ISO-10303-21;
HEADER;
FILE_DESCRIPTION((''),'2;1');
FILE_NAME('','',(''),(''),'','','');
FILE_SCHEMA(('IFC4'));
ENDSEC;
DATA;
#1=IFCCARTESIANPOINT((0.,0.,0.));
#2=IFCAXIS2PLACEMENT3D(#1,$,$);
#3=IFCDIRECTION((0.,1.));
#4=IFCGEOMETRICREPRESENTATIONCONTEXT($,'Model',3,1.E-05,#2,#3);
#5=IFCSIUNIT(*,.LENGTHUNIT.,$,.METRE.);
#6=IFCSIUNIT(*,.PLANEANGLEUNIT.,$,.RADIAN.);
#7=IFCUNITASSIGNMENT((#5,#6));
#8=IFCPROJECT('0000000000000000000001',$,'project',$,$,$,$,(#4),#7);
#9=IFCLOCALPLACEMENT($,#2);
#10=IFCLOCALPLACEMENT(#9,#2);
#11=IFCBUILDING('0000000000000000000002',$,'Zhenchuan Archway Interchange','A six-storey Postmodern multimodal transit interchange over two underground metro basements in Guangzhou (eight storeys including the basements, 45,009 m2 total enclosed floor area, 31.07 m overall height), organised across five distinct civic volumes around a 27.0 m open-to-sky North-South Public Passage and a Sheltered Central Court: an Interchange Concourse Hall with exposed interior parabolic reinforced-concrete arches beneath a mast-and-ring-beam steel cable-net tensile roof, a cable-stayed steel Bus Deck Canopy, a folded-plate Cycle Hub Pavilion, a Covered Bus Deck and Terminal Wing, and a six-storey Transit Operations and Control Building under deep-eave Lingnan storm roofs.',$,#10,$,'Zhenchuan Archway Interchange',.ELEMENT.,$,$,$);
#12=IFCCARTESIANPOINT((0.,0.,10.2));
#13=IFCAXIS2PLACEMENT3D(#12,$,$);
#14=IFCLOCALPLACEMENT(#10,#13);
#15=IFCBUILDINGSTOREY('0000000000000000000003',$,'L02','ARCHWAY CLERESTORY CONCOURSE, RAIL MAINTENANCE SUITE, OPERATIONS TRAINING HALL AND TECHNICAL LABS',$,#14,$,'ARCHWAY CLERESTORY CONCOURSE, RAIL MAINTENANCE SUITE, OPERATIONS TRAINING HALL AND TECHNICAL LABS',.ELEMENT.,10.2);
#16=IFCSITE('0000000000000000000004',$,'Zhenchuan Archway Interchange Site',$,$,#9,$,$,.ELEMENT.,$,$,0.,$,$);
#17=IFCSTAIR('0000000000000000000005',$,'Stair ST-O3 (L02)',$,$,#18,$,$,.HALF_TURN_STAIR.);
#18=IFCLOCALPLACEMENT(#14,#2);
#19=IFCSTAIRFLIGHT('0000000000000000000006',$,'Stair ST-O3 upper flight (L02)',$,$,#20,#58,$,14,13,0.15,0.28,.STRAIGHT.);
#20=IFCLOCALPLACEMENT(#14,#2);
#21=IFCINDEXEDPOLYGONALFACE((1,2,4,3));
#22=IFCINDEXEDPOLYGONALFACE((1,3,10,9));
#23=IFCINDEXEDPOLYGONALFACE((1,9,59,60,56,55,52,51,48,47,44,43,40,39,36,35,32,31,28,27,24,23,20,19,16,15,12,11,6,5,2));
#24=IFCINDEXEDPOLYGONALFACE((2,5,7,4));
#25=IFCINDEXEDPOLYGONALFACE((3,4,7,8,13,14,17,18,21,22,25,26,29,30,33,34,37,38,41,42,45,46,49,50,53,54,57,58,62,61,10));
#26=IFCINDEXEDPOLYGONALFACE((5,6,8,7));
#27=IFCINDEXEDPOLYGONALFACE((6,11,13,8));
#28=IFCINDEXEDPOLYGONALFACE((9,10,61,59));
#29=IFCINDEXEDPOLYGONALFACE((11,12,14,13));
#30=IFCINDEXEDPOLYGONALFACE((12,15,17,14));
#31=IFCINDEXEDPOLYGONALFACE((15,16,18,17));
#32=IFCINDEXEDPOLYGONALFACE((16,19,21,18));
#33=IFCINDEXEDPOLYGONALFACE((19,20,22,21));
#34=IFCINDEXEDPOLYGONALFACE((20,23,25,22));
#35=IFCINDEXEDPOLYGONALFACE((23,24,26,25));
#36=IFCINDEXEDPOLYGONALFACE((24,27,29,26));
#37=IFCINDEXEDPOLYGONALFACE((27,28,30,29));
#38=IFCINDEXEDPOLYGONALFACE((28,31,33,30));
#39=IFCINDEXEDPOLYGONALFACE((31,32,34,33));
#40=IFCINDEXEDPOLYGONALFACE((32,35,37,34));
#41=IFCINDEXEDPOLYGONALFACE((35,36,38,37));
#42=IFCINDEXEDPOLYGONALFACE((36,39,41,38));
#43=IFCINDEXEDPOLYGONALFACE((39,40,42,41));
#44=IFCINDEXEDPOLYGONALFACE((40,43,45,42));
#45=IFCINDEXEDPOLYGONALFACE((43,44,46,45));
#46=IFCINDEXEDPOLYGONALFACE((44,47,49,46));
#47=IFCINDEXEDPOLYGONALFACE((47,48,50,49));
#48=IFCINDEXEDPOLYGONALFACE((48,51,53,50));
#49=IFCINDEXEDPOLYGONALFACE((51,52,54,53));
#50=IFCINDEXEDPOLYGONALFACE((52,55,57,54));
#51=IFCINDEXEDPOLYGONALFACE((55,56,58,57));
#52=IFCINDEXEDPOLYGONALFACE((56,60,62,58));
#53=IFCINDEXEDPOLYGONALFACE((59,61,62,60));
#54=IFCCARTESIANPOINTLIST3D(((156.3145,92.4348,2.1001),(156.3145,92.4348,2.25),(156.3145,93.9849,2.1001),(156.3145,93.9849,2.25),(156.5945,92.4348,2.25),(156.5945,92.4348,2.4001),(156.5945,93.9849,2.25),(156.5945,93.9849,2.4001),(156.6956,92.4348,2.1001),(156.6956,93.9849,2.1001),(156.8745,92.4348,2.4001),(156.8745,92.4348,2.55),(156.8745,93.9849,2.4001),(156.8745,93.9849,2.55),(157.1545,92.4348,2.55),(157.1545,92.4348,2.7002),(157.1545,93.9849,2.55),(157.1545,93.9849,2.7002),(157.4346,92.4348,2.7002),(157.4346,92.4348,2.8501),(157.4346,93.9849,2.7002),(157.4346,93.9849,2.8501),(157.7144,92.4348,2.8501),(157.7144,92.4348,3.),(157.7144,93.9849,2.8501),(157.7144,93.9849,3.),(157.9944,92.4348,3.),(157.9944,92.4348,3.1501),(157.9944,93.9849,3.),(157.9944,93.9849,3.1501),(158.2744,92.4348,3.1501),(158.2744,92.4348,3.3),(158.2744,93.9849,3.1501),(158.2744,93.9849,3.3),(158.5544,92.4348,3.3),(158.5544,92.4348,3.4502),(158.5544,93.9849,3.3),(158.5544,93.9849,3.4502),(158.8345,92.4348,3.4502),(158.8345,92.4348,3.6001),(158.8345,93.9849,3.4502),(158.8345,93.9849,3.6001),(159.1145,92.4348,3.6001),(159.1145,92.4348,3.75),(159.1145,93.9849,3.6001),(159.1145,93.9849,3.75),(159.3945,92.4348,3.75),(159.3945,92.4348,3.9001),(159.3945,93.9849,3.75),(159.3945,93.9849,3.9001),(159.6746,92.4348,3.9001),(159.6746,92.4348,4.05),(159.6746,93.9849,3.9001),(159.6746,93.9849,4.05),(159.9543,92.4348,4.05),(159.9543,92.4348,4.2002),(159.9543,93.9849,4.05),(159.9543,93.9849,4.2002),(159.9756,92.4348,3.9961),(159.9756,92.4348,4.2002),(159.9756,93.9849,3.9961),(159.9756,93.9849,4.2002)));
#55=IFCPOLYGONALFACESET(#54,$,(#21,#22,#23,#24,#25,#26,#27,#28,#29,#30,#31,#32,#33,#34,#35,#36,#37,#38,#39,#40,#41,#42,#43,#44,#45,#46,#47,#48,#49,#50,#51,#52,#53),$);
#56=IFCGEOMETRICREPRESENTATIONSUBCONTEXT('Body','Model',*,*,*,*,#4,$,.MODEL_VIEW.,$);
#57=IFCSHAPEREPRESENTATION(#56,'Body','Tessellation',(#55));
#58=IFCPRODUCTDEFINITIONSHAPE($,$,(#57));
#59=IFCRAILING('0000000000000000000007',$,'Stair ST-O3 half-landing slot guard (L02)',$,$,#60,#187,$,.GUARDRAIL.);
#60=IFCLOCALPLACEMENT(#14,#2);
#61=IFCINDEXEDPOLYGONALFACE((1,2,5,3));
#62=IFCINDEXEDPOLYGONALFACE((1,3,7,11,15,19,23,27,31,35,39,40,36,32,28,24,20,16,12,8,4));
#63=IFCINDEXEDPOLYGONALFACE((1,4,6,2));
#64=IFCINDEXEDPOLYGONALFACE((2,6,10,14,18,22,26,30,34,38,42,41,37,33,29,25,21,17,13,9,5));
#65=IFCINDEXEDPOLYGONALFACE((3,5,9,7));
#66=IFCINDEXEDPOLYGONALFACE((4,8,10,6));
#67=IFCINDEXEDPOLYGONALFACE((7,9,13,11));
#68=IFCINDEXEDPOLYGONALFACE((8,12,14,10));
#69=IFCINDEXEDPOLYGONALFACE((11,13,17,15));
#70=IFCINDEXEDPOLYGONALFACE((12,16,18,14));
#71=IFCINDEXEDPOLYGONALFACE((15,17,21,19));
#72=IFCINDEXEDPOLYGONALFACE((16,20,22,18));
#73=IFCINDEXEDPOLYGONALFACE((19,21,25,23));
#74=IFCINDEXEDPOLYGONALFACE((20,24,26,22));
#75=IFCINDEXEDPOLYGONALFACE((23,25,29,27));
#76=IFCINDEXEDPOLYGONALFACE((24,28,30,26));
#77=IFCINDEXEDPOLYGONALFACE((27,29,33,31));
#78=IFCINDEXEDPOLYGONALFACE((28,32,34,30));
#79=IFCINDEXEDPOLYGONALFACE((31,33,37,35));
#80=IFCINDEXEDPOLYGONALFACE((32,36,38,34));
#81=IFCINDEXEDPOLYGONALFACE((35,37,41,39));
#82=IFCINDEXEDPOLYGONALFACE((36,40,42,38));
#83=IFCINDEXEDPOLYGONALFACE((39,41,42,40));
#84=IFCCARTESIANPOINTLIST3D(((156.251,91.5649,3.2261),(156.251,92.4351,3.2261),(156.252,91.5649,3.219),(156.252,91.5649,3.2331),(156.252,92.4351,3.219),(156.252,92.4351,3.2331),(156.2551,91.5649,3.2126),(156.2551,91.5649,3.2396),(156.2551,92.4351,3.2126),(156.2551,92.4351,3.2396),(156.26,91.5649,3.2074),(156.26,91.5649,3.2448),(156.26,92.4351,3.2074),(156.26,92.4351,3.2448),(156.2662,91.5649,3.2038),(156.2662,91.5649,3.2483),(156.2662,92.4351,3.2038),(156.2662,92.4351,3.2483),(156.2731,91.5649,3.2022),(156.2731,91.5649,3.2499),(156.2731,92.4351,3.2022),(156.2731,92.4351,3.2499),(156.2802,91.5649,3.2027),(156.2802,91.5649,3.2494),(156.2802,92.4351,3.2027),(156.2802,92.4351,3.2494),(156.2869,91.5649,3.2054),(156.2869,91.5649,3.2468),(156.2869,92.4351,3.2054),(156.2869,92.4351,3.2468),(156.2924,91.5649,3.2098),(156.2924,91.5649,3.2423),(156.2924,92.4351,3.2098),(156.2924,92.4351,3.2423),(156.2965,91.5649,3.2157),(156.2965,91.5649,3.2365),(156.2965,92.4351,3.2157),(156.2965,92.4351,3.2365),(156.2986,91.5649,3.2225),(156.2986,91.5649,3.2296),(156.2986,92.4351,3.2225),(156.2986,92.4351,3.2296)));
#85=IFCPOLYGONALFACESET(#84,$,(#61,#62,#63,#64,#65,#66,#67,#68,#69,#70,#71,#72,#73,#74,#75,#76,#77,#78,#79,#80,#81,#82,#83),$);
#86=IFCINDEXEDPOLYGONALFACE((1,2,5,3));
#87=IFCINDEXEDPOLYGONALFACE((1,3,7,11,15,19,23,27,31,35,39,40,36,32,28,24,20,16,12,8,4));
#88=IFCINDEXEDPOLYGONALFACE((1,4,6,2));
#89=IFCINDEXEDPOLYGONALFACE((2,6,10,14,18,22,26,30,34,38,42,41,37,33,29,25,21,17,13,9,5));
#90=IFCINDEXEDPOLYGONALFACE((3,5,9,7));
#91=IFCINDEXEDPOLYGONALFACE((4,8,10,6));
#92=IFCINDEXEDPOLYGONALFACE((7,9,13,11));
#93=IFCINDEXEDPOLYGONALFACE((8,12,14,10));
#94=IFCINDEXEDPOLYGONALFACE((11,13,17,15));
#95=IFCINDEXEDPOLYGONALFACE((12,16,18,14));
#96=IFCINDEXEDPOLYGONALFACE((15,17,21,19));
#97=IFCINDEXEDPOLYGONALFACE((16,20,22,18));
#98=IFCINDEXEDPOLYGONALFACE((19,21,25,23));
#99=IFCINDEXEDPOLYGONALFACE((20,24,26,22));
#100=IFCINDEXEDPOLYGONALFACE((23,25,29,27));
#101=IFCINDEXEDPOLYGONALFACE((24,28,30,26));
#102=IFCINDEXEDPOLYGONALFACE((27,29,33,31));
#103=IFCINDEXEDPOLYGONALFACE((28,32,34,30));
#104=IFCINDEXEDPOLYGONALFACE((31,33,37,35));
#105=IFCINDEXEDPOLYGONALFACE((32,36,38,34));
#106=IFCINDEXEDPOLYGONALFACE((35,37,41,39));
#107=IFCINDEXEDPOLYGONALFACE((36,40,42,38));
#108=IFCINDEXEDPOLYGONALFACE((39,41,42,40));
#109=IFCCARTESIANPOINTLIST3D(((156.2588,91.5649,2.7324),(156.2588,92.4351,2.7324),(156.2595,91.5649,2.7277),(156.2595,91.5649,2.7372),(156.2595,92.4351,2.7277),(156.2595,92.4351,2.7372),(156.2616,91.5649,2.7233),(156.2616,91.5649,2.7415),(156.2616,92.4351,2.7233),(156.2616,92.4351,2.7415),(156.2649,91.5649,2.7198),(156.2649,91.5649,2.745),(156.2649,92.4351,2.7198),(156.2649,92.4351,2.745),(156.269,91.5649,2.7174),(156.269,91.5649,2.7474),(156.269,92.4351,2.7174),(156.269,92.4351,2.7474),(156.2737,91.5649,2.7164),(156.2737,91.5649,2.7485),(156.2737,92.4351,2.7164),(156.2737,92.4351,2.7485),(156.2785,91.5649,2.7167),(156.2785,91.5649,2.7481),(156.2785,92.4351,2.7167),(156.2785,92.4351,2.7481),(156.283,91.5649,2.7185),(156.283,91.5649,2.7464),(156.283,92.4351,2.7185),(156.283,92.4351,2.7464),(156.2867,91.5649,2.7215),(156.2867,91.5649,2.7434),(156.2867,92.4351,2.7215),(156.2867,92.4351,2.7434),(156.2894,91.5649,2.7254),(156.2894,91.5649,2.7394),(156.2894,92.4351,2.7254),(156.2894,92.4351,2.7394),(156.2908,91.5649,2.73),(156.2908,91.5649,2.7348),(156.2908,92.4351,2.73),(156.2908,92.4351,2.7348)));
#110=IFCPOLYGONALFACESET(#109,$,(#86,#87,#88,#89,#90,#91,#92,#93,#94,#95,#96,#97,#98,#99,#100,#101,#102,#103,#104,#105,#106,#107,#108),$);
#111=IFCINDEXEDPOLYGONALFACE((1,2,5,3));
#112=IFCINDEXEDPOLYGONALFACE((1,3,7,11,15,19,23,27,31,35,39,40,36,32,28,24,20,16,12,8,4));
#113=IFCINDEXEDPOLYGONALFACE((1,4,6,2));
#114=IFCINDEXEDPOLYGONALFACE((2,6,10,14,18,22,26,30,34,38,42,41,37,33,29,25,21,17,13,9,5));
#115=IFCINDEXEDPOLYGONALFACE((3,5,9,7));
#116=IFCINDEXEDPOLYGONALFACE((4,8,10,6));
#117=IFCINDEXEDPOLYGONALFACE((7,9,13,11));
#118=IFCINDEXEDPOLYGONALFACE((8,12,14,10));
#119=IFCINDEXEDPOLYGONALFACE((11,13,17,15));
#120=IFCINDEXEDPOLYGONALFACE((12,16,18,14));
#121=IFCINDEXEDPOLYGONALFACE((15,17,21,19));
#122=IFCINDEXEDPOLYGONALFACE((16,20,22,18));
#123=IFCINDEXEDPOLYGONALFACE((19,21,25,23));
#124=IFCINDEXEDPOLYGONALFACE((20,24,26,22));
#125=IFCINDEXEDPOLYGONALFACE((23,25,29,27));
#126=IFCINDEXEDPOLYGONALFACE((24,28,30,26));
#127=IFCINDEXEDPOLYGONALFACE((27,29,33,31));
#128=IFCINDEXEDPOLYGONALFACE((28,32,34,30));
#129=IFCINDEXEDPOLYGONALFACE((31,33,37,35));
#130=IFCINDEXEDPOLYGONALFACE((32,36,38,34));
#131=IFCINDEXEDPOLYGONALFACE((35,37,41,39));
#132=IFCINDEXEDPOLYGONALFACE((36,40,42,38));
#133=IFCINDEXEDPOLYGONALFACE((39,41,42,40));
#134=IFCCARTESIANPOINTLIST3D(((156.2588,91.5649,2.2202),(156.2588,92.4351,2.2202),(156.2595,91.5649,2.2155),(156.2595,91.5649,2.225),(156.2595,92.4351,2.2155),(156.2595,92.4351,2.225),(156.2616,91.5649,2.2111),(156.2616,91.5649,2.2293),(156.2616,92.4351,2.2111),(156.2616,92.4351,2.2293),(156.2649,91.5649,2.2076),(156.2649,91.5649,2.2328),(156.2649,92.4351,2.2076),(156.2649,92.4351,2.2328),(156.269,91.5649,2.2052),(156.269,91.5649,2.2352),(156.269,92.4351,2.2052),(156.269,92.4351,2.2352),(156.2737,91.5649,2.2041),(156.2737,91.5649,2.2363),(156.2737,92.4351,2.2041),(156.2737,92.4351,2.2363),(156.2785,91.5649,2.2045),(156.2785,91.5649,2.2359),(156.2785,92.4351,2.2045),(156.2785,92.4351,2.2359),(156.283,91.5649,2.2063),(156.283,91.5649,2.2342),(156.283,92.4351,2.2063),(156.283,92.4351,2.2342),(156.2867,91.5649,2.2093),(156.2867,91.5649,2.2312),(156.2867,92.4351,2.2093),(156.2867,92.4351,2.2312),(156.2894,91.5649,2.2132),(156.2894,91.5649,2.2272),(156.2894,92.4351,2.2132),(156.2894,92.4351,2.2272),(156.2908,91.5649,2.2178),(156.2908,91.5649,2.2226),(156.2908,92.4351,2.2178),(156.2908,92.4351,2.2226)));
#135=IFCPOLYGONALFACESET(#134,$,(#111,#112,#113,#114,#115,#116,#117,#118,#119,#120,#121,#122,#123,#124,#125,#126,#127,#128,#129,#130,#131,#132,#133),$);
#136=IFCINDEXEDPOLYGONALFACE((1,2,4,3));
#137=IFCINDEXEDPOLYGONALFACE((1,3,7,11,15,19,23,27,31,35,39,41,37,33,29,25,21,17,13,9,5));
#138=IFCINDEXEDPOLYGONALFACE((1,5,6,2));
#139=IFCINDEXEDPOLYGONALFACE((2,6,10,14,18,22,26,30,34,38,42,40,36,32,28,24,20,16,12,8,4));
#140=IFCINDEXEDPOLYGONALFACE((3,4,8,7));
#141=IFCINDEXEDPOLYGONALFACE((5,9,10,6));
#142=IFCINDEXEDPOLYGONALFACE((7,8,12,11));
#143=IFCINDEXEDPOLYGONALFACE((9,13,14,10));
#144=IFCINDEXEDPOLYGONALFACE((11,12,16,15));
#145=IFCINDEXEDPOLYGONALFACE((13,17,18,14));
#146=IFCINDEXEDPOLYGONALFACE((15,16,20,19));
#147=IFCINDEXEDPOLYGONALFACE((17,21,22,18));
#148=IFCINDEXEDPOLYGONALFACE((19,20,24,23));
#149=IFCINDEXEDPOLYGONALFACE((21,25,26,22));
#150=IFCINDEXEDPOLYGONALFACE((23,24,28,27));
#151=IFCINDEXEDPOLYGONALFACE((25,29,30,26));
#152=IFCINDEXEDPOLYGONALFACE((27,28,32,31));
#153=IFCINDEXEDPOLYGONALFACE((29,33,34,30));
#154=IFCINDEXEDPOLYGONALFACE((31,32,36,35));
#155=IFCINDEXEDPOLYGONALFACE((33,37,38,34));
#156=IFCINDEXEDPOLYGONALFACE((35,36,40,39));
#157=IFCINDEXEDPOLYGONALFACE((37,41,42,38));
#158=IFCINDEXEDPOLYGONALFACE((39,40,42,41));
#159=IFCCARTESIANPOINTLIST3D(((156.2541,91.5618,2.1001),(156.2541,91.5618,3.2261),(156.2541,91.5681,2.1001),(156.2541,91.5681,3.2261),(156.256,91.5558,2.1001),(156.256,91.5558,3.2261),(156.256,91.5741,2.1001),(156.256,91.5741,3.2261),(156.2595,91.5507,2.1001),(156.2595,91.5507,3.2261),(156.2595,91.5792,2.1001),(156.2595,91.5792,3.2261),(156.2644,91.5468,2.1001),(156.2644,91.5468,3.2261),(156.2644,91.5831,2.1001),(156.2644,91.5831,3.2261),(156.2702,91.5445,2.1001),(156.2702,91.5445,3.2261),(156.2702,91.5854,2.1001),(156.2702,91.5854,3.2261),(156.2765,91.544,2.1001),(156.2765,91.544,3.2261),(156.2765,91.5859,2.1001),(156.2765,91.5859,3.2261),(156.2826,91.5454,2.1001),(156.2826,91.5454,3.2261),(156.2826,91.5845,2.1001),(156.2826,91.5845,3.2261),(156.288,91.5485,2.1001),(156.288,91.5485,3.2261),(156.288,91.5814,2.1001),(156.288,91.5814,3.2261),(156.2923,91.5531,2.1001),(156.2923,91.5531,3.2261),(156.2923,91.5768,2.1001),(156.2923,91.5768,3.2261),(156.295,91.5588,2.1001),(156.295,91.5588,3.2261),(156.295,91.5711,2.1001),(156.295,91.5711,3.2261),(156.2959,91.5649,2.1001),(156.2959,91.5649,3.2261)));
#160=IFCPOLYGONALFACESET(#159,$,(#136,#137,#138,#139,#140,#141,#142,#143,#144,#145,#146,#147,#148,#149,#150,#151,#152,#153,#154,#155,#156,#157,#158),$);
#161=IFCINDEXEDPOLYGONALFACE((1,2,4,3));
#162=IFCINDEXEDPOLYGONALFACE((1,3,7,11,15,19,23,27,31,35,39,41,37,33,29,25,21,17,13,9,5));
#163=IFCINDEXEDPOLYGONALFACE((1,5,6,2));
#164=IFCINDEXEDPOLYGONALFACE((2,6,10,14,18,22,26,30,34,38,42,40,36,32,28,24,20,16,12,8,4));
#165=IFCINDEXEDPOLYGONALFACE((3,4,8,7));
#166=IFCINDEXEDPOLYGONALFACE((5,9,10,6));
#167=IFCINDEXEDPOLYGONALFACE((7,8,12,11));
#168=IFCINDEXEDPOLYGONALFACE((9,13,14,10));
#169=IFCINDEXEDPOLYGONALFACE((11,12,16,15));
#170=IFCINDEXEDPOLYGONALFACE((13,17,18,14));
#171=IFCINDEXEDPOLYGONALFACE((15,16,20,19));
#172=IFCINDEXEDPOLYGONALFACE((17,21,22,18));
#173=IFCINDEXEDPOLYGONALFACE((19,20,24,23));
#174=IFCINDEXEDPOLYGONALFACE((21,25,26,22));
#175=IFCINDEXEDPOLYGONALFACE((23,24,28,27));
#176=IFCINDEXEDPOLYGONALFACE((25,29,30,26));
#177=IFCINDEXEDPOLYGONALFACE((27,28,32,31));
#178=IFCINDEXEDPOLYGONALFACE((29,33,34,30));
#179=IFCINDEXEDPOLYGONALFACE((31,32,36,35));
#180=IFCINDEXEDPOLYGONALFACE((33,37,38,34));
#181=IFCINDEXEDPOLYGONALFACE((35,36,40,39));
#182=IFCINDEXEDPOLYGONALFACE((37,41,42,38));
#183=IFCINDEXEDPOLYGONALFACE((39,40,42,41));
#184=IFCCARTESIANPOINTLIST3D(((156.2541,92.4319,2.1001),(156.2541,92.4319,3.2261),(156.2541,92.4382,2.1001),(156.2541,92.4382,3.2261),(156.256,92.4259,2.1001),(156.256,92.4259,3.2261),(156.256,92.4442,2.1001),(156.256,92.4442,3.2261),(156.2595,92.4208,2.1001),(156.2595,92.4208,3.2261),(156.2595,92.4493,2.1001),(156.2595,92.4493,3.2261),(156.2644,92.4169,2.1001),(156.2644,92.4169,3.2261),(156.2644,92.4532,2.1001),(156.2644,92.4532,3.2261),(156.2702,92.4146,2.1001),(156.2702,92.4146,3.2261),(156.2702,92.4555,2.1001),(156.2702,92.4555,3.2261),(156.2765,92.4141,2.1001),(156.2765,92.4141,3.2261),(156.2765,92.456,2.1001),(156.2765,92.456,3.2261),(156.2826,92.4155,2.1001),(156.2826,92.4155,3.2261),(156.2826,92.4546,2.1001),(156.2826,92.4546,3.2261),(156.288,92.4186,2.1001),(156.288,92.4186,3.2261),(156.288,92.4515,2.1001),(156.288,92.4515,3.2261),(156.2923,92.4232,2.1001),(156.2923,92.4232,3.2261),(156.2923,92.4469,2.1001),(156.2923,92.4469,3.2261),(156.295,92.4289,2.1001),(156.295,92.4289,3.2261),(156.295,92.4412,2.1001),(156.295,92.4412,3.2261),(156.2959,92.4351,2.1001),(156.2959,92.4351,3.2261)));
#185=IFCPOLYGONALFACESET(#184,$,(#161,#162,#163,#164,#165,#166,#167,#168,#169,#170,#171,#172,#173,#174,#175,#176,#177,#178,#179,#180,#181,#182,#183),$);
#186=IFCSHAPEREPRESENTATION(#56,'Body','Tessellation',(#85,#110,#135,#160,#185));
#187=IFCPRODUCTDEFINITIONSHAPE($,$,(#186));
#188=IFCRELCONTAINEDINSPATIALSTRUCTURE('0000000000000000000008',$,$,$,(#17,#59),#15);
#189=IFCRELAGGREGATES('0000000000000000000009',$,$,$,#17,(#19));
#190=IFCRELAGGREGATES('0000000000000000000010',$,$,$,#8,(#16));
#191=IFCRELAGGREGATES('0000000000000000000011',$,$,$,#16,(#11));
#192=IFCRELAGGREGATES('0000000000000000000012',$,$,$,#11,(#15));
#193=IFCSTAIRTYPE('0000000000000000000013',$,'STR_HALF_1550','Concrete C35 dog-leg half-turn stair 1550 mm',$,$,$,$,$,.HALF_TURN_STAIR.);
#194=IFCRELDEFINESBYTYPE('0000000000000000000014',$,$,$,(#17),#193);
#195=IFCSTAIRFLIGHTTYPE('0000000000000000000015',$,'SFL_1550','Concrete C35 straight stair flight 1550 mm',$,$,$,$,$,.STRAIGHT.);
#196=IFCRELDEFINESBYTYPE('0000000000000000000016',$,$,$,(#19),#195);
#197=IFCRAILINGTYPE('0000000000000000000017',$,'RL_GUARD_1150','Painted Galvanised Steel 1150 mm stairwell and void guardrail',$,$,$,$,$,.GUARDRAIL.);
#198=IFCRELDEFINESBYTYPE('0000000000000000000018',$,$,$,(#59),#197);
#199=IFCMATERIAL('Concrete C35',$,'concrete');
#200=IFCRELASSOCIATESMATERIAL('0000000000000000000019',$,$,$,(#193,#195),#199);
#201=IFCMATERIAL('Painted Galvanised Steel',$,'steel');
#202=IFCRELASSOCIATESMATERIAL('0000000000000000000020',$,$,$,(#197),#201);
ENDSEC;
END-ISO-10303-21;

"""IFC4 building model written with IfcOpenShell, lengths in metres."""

from ifc_helpers import new_model, si_unit, direction, frame, origin, origin_2d, place, context, subcontext, project, spatial, polyline, circle, outline, extrude, material, type_object, element, aggregate, save


model = new_model("IFC4")

# Units and contexts
model_context = context("Model", 3, precision=1e-05, world=origin(), true_north=direction((0.0, 1.0)))
body_context = subcontext(model_context, "Body", "Model", "MODEL_VIEW")
ifc_project = project(units=[si_unit("LENGTHUNIT", "METRE"), si_unit("PLANEANGLEUNIT", "RADIAN")], contexts=[model_context])

# Site, building, storey
site_placement = place(None, origin())
site = spatial("IfcSite", under=ifc_project, at=site_placement, Name="Zhenchuan Archway Interchange Site", CompositionType="ELEMENT", RefElevation=0.0)
building_placement = place(site_placement, origin())
building = spatial("IfcBuilding", under=site, at=building_placement, Name="Zhenchuan Archway Interchange", Description="A six-storey Postmodern multimodal transit interchange over two underground metro basements in Guangzhou (eight storeys including the basements, 45,009 m2 total enclosed floor area, 31.07 m overall height), organised across five distinct civic volumes around a 27.0 m open-to-sky North-South Public Passage and a Sheltered Central Court: an Interchange Concourse Hall with exposed interior parabolic reinforced-concrete arches beneath a mast-and-ring-beam steel cable-net tensile roof, a cable-stayed steel Bus Deck Canopy, a folded-plate Cycle Hub Pavilion, a Covered Bus Deck and Terminal Wing, and a six-storey Transit Operations and Control Building under deep-eave Lingnan storm roofs.", LongName="Zhenchuan Archway Interchange", CompositionType="ELEMENT")
storey_placement = place(building_placement, frame((0.0, 0.0, 10.2)))
storey = spatial("IfcBuildingStorey", under=building, at=storey_placement, Name="L02", Description="ARCHWAY CLERESTORY CONCOURSE, RAIL MAINTENANCE SUITE, OPERATIONS TRAINING HALL AND TECHNICAL LABS", LongName="ARCHWAY CLERESTORY CONCOURSE, RAIL MAINTENANCE SUITE, OPERATIONS TRAINING HALL AND TECHNICAL LABS", CompositionType="ELEMENT", Elevation=10.2)

# Shared definitions
ifc_material_1 = material(Name="Painted Galvanised Steel", Category="steel")

# Stair, stair flight
ifc_material_2 = material(Name="Concrete C35", Category="concrete")
stair_type = type_object("IfcStairType", Name="STR_HALF_1550", Description="Concrete C35 dog-leg half-turn stair 1550 mm", PredefinedType="HALF_TURN_STAIR", material=ifc_material_2)
stair_placement = place(storey_placement, origin())
stair = element("IfcStair", 1, at=stair_placement, inside=storey, type_object=stair_type, Name="Stair ST-O3 (L02)", PredefinedType="HALF_TURN_STAIR")
stair_flight_type = type_object("IfcStairFlightType", Name="SFL_1550", Description="Concrete C35 straight stair flight 1550 mm", PredefinedType="STRAIGHT", material=ifc_material_2)
stair_flight_placement = place(storey_placement, frame((156.3145, 93.21, 2.1001), z_axis=(0.0, 0.0, 1.0), x_axis=(1.0, 0.0, 0.0)))
stair_flight = element("IfcStairFlight", 2, at=stair_flight_placement, type_object=stair_flight_type, Name="Stair ST-O3 upper flight (L02)", NumberOfRisers=14, NumberOfTreads=13, PredefinedType="STRAIGHT", RiserHeight=0.15, TreadLength=0.28, context=body_context, shape_type="SweptSolid", body=[
    extrude(outline(polyline([(0.0, 0.0), (0.0, 0.1499), (0.28, 0.1499), (0.28, 0.3), (0.5601, 0.3), (0.5601, 0.45), (0.8401, 0.45), (0.8401, 0.6001), (1.1201, 0.6001), (1.1201, 0.75), (1.3999, 0.75), (1.3999, 0.8999), (1.6799, 0.8999), (1.6799, 1.05), (1.96, 1.05), (1.96, 1.2), (2.24, 1.2), (2.24, 1.3501), (2.52, 1.3501), (2.52, 1.5), (2.8, 1.5), (2.8, 1.6499), (3.0801, 1.6499), (3.0801, 1.8), (3.3601, 1.8), (3.3601, 1.95), (3.6399, 1.95), (3.6399, 2.1001), (3.6611, 2.1001), (3.6611, 1.896), (0.3811, 0.0), (0.0, 0.0)])), frame((0.0, 0.7749, 0.0), z_axis=(0.0, -1.0, 0.0), x_axis=(1.0, 0.0, 0.0)), (0.0, 0.0, 1.0), 1.55),
])
aggregate(stair, [stair_flight])

# Railing
railing_type_1 = type_object("IfcRailingType", Name="RL_GUARD_1150", Description="Painted Galvanised Steel 1150 mm stairwell and void guardrail", PredefinedType="GUARDRAIL", material=ifc_material_1)
railing_placement = place(storey_placement, frame((156.2749, 91.5649, 2.1001)))
element("IfcRailing", 3, at=railing_placement, inside=storey, type_object=railing_type_1, Name="Stair ST-O3 half-landing slot guard (L02)", PredefinedType="GUARDRAIL", context=body_context, shape_type="SweptSolid", body=[
    extrude(circle(Radius=0.0239, at=origin_2d()), frame((0.0, 0.0, 1.126), z_axis=(0.0, 1.0, 0.0), x_axis=(-1.0, 0.0, 0.0)), (0.0, 0.0, 1.0), 0.8701),
    extrude(circle(Radius=0.0161, at=origin_2d()), frame((0.0, 0.0, 0.6323), z_axis=(0.0, 1.0, 0.0), x_axis=(-1.0, 0.0, 0.0)), (0.0, 0.0, 1.0), 0.8701),
    extrude(circle(Radius=0.0161, at=origin_2d()), frame((0.0, 0.0, 0.1201), z_axis=(0.0, 1.0, 0.0), x_axis=(-1.0, 0.0, 0.0)), (0.0, 0.0, 1.0), 0.8701),
    extrude(circle(Radius=0.021, at=origin_2d()), origin(), (0.0, 0.0, 1.0), 1.126),
    extrude(circle(Radius=0.021, at=origin_2d()), frame((0.0, 0.8701, 0.0)), (0.0, 0.0, 1.0), 1.126),
])

save(model, "model.ifc")
